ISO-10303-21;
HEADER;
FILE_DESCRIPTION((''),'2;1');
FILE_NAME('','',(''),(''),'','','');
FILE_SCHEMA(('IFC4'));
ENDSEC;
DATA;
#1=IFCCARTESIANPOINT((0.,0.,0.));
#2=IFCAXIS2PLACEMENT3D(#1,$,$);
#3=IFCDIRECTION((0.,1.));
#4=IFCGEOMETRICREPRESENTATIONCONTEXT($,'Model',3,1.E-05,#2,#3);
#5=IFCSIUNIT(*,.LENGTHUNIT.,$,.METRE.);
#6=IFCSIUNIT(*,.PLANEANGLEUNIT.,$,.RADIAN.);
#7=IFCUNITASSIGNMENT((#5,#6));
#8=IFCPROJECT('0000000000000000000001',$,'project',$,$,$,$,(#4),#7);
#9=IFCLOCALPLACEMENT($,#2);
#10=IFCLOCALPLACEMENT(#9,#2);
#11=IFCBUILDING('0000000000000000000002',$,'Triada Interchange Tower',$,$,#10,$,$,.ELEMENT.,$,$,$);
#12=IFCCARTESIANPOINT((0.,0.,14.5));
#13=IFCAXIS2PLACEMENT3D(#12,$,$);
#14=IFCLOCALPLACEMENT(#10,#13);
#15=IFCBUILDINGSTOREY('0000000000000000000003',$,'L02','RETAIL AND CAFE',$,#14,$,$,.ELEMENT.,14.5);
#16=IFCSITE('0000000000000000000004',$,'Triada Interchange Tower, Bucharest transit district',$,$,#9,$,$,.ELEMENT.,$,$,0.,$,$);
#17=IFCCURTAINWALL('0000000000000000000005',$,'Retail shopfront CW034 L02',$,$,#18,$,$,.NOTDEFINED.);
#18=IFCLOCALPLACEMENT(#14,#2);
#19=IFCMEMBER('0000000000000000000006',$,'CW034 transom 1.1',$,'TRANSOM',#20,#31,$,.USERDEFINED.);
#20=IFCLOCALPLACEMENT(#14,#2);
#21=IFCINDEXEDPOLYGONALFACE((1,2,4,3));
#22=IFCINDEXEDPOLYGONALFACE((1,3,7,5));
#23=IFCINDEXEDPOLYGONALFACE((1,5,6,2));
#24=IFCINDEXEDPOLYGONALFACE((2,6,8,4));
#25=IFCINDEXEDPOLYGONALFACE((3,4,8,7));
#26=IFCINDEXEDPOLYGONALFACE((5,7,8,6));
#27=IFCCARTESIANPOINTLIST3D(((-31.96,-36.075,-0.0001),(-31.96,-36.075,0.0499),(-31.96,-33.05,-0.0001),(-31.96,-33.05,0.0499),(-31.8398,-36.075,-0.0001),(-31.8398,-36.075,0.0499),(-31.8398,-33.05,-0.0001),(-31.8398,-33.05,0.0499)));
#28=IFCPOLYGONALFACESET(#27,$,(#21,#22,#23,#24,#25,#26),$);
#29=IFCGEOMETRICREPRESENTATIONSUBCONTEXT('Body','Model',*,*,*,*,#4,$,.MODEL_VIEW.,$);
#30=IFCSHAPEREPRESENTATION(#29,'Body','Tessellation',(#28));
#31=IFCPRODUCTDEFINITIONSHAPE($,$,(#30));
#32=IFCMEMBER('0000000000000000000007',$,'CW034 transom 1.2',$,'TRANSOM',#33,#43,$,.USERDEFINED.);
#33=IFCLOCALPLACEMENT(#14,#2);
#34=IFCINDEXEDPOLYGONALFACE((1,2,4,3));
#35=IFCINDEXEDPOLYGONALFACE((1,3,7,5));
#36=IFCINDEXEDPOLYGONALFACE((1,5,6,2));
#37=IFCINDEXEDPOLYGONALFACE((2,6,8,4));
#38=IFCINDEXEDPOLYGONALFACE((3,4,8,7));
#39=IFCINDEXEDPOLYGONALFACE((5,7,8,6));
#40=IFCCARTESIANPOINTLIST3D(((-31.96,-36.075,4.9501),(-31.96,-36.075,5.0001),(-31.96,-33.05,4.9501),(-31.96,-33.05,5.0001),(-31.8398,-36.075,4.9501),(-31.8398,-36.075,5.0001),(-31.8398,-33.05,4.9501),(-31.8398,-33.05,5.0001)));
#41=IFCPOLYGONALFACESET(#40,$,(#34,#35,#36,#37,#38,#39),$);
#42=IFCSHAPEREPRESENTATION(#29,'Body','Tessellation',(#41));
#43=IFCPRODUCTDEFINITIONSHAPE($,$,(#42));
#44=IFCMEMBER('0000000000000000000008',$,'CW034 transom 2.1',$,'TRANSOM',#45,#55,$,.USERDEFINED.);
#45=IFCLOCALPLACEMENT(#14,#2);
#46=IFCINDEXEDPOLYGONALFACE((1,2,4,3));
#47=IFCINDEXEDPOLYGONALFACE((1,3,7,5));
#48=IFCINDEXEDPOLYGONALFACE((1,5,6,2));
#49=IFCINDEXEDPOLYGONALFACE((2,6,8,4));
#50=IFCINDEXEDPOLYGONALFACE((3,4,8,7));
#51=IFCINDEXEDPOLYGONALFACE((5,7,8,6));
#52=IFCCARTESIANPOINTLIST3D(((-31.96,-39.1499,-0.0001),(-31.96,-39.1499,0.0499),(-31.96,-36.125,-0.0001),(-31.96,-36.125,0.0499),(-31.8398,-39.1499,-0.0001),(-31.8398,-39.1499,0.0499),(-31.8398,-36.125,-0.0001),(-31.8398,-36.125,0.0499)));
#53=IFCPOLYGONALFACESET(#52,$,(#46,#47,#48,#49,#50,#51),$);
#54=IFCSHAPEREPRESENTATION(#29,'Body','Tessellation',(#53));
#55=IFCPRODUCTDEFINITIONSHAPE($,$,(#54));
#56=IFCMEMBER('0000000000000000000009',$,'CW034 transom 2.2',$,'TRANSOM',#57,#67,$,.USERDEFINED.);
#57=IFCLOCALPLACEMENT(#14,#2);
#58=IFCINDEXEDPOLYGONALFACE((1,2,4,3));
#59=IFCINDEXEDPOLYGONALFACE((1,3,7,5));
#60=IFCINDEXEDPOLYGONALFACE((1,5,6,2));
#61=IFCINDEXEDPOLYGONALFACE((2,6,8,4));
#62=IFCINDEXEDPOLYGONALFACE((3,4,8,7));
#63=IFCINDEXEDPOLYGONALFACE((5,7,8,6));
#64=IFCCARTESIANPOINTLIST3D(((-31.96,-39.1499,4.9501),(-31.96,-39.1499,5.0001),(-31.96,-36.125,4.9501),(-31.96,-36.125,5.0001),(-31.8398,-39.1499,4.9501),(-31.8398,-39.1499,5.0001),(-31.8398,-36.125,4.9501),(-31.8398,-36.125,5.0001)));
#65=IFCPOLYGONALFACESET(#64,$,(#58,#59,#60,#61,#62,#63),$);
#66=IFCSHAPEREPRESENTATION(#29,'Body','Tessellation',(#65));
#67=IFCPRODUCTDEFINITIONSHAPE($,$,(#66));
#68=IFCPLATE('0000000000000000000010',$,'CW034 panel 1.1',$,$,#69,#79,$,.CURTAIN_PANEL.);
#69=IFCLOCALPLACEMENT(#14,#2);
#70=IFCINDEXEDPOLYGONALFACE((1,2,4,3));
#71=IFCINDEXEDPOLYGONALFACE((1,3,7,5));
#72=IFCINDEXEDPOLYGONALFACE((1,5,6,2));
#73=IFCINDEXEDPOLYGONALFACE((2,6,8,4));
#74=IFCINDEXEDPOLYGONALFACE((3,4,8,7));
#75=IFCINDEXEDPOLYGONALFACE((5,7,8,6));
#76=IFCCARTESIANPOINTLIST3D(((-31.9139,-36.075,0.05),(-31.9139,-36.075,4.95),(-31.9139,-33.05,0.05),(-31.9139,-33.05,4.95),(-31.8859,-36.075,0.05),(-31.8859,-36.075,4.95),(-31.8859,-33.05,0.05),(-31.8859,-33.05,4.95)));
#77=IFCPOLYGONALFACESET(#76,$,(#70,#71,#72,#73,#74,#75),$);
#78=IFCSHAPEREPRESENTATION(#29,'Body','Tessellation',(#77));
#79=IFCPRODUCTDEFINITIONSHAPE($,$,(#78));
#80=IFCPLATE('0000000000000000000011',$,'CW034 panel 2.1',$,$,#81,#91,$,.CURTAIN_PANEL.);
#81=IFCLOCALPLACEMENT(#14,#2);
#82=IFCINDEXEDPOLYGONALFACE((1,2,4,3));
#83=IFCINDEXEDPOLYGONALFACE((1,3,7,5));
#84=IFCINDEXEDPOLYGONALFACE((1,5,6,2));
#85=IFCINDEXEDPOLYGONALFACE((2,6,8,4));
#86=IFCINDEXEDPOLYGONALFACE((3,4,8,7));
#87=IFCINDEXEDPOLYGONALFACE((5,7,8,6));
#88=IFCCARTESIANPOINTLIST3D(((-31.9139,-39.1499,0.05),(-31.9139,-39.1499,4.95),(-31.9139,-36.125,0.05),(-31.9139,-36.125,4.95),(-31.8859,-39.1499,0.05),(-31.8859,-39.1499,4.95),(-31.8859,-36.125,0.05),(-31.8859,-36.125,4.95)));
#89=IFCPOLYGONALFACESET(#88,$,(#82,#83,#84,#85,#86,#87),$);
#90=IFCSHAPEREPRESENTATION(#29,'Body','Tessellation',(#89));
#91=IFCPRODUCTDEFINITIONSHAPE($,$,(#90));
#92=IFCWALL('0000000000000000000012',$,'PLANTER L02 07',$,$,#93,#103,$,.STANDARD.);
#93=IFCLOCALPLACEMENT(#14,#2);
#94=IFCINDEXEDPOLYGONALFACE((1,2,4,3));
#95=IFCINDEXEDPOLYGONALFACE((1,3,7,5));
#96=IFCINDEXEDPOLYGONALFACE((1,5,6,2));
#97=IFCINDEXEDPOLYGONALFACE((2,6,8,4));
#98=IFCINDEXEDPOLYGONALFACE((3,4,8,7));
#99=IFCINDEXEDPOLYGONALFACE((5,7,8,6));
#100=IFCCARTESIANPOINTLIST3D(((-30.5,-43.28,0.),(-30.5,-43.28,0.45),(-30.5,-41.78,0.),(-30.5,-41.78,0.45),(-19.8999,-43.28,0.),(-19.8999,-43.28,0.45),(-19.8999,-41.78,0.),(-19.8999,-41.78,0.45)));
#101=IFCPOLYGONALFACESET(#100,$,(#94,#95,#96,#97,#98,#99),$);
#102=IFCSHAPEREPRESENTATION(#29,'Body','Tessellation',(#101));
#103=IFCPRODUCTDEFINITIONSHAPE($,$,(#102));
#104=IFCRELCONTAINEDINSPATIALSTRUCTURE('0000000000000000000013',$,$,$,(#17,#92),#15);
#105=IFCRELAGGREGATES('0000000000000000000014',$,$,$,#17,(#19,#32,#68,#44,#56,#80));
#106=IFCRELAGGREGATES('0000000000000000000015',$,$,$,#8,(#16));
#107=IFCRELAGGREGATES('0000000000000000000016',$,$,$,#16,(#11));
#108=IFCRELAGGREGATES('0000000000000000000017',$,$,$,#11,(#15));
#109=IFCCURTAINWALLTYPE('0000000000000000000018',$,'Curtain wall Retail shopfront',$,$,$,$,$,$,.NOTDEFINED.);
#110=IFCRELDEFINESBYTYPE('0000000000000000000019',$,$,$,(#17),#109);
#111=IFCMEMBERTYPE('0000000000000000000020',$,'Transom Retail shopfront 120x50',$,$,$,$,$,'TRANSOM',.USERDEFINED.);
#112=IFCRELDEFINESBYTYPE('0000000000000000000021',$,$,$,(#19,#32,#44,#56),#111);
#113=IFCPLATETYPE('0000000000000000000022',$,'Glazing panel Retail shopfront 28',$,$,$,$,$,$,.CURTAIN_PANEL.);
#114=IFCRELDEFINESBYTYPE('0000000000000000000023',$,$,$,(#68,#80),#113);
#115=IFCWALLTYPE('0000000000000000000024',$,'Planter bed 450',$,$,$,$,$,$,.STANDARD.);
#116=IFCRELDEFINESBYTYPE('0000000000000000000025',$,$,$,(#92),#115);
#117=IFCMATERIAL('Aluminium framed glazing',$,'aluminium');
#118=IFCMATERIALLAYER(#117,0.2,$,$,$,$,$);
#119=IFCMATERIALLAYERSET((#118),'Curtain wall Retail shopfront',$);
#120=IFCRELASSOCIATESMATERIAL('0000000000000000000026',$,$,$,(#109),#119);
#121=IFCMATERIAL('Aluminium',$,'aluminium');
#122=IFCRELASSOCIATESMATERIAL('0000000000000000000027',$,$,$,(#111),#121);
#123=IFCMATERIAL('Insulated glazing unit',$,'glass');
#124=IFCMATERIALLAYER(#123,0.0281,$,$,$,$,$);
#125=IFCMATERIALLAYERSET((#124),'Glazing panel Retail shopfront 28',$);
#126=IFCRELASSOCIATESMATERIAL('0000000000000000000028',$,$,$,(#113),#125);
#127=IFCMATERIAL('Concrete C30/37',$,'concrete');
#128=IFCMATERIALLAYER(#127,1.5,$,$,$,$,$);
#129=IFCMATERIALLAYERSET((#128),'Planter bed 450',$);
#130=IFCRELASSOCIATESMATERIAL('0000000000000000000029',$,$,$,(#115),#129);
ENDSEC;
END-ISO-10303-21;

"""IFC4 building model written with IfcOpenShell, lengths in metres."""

from ifc_helpers import new_model, si_unit, direction, frame, frame_2d, origin, origin_2d, place, context, subcontext, project, spatial, rectangle, extrude, material, layer, layer_set, material_profile, profile_set, type_object, element, aggregate, save


model = new_model("IFC4")

# Units and contexts
model_context = context("Model", 3, precision=1e-05, world=origin(), true_north=direction((0.0, 1.0)))
body_context = subcontext(model_context, "Body", "Model", "MODEL_VIEW")
ifc_project = project(units=[si_unit("LENGTHUNIT", "METRE"), si_unit("PLANEANGLEUNIT", "RADIAN")], contexts=[model_context])

# Site, building, storey
site_placement = place(None, origin())
site = spatial("IfcSite", under=ifc_project, at=site_placement, Name="Triada Interchange Tower, Bucharest transit district", CompositionType="ELEMENT", RefElevation=0.0)
building_placement = place(site_placement, origin())
building = spatial("IfcBuilding", under=site, at=building_placement, Name="Triada Interchange Tower", CompositionType="ELEMENT")
storey_placement = place(building_placement, frame((0.0, 0.0, 14.5)))
storey = spatial("IfcBuildingStorey", under=building, at=storey_placement, Name="L02", Description="RETAIL AND CAFE", CompositionType="ELEMENT", Elevation=14.5)

# Shared definitions
ifc_material_1 = material(Name="Aluminium framed glazing", Category="aluminium")
ifc_layer_1 = layer(ifc_material_1, 0.2)
ifc_layer_set_1 = layer_set([ifc_layer_1], Name="Curtain wall Retail shopfront")
curtain_wall_type = type_object("IfcCurtainWallType", Name="Curtain wall Retail shopfront", PredefinedType="NOTDEFINED", material=ifc_layer_set_1)
ifc_material_2 = material(Name="Aluminium", Category="aluminium")

# Curtain wall
curtain_wall_1_placement = place(storey_placement, origin())
curtain_wall_1 = element("IfcCurtainWall", 1, at=curtain_wall_1_placement, inside=storey, type_object=curtain_wall_type, Name="Retail shopfront CW034 L02", PredefinedType="NOTDEFINED")

# Members
ifc_material_profile_1 = material_profile(ifc_material_2, rectangle(XDim=0.1201, YDim=0.05, at=origin_2d()), Name="Aluminium transom")
ifc_profile_set_1 = profile_set([ifc_material_profile_1], Name="Aluminium")
member_type_1 = type_object("IfcMemberType", Name="Transom Retail shopfront 120x50", ElementType="TRANSOM", PredefinedType="USERDEFINED", material=ifc_profile_set_1)
member_1_placement = place(storey_placement, frame((-31.8999, -33.05, 0.0249), z_axis=(0.0, -1.0, 0.0), x_axis=(1.0, 0.0, 0.0)))
member_1 = element("IfcMember", 2, at=member_1_placement, type_object=member_type_1, Name="CW034 transom 1.1", ObjectType="TRANSOM", PredefinedType="USERDEFINED", context=body_context, shape_type="SweptSolid", body=[
    extrude(rectangle(XDim=0.1201, YDim=0.05, at=origin_2d()), origin(), (0.0, 0.0, 1.0), 3.0249),
])
member_2_placement = place(storey_placement, frame((-31.8999, -33.05, 4.9751), z_axis=(0.0, -1.0, 0.0), x_axis=(1.0, 0.0, 0.0)))
member_2 = element("IfcMember", 3, at=member_2_placement, type_object=member_type_1, Name="CW034 transom 1.2", ObjectType="TRANSOM", PredefinedType="USERDEFINED", context=body_context, shape_type="SweptSolid", body=[
    extrude(rectangle(XDim=0.1201, YDim=0.05, at=origin_2d()), origin(), (0.0, 0.0, 1.0), 3.0249),
])
member_3_placement = place(storey_placement, frame((-31.8999, -36.125, 0.0249), z_axis=(0.0, -1.0, 0.0), x_axis=(1.0, 0.0, 0.0)))
member_3 = element("IfcMember", 4, at=member_3_placement, type_object=member_type_1, Name="CW034 transom 2.1", ObjectType="TRANSOM", PredefinedType="USERDEFINED", context=body_context, shape_type="SweptSolid", body=[
    extrude(rectangle(XDim=0.1201, YDim=0.05, at=origin_2d()), origin(), (0.0, 0.0, 1.0), 3.0249),
])
member_4_placement = place(storey_placement, frame((-31.8999, -36.125, 4.9751), z_axis=(0.0, -1.0, 0.0), x_axis=(1.0, 0.0, 0.0)))
member_4 = element("IfcMember", 5, at=member_4_placement, type_object=member_type_1, Name="CW034 transom 2.2", ObjectType="TRANSOM", PredefinedType="USERDEFINED", context=body_context, shape_type="SweptSolid", body=[
    extrude(rectangle(XDim=0.1201, YDim=0.05, at=origin_2d()), origin(), (0.0, 0.0, 1.0), 3.0249),
])

# Plates
ifc_material_3 = material(Name="Insulated glazing unit", Category="glass")
ifc_layer_2 = layer(ifc_material_3, 0.0281)
ifc_layer_set_2 = layer_set([ifc_layer_2], Name="Glazing panel Retail shopfront 28")
plate_type = type_object("IfcPlateType", Name="Glazing panel Retail shopfront 28", PredefinedType="CURTAIN_PANEL", material=ifc_layer_set_2)
plate_1_placement = place(storey_placement, frame((-31.8999, -34.5625, 0.05), z_axis=(0.0, 0.0, 1.0), x_axis=(0.0, -1.0, 0.0)))
plate_1 = element("IfcPlate", 6, at=plate_1_placement, type_object=plate_type, Name="CW034 panel 1.1", PredefinedType="CURTAIN_PANEL", context=body_context, shape_type="SweptSolid", body=[
    extrude(rectangle(XDim=3.0249, YDim=0.0281, at=origin_2d()), origin(), (0.0, 0.0, 1.0), 4.8999),
])
plate_2_placement = place(storey_placement, frame((-31.8999, -37.6375, 0.05), z_axis=(0.0, 0.0, 1.0), x_axis=(0.0, -1.0, 0.0)))
plate_2 = element("IfcPlate", 7, at=plate_2_placement, type_object=plate_type, Name="CW034 panel 2.1", PredefinedType="CURTAIN_PANEL", context=body_context, shape_type="SweptSolid", body=[
    extrude(rectangle(XDim=3.0249, YDim=0.0281, at=origin_2d()), origin(), (0.0, 0.0, 1.0), 4.8999),
])
aggregate(curtain_wall_1, [member_1, member_2, plate_1, member_3, member_4, plate_2])

# Wall
ifc_material_4 = material(Name="Concrete C30/37", Category="concrete")
ifc_layer_3 = layer(ifc_material_4, 1.5)
ifc_layer_set_3 = layer_set([ifc_layer_3], Name="Planter bed 450")
wall_type_1 = type_object("IfcWallType", Name="Planter bed 450", PredefinedType="STANDARD", material=ifc_layer_set_3)
wall_1_placement = place(storey_placement, frame((-30.5, -42.53, 0.0), z_axis=(0.0, 0.0, 1.0), x_axis=(1.0, 0.0, 0.0)))
element("IfcWall", 8, at=wall_1_placement, inside=storey, type_object=wall_type_1, Name="PLANTER L02 07", PredefinedType="STANDARD", context=body_context, shape_type="SweptSolid", body=[
    extrude(rectangle(XDim=10.6001, YDim=1.5, at=frame_2d((5.3, 0.0))), origin(), (0.0, 0.0, 1.0), 0.45),
])

save(model, "model.ifc")
